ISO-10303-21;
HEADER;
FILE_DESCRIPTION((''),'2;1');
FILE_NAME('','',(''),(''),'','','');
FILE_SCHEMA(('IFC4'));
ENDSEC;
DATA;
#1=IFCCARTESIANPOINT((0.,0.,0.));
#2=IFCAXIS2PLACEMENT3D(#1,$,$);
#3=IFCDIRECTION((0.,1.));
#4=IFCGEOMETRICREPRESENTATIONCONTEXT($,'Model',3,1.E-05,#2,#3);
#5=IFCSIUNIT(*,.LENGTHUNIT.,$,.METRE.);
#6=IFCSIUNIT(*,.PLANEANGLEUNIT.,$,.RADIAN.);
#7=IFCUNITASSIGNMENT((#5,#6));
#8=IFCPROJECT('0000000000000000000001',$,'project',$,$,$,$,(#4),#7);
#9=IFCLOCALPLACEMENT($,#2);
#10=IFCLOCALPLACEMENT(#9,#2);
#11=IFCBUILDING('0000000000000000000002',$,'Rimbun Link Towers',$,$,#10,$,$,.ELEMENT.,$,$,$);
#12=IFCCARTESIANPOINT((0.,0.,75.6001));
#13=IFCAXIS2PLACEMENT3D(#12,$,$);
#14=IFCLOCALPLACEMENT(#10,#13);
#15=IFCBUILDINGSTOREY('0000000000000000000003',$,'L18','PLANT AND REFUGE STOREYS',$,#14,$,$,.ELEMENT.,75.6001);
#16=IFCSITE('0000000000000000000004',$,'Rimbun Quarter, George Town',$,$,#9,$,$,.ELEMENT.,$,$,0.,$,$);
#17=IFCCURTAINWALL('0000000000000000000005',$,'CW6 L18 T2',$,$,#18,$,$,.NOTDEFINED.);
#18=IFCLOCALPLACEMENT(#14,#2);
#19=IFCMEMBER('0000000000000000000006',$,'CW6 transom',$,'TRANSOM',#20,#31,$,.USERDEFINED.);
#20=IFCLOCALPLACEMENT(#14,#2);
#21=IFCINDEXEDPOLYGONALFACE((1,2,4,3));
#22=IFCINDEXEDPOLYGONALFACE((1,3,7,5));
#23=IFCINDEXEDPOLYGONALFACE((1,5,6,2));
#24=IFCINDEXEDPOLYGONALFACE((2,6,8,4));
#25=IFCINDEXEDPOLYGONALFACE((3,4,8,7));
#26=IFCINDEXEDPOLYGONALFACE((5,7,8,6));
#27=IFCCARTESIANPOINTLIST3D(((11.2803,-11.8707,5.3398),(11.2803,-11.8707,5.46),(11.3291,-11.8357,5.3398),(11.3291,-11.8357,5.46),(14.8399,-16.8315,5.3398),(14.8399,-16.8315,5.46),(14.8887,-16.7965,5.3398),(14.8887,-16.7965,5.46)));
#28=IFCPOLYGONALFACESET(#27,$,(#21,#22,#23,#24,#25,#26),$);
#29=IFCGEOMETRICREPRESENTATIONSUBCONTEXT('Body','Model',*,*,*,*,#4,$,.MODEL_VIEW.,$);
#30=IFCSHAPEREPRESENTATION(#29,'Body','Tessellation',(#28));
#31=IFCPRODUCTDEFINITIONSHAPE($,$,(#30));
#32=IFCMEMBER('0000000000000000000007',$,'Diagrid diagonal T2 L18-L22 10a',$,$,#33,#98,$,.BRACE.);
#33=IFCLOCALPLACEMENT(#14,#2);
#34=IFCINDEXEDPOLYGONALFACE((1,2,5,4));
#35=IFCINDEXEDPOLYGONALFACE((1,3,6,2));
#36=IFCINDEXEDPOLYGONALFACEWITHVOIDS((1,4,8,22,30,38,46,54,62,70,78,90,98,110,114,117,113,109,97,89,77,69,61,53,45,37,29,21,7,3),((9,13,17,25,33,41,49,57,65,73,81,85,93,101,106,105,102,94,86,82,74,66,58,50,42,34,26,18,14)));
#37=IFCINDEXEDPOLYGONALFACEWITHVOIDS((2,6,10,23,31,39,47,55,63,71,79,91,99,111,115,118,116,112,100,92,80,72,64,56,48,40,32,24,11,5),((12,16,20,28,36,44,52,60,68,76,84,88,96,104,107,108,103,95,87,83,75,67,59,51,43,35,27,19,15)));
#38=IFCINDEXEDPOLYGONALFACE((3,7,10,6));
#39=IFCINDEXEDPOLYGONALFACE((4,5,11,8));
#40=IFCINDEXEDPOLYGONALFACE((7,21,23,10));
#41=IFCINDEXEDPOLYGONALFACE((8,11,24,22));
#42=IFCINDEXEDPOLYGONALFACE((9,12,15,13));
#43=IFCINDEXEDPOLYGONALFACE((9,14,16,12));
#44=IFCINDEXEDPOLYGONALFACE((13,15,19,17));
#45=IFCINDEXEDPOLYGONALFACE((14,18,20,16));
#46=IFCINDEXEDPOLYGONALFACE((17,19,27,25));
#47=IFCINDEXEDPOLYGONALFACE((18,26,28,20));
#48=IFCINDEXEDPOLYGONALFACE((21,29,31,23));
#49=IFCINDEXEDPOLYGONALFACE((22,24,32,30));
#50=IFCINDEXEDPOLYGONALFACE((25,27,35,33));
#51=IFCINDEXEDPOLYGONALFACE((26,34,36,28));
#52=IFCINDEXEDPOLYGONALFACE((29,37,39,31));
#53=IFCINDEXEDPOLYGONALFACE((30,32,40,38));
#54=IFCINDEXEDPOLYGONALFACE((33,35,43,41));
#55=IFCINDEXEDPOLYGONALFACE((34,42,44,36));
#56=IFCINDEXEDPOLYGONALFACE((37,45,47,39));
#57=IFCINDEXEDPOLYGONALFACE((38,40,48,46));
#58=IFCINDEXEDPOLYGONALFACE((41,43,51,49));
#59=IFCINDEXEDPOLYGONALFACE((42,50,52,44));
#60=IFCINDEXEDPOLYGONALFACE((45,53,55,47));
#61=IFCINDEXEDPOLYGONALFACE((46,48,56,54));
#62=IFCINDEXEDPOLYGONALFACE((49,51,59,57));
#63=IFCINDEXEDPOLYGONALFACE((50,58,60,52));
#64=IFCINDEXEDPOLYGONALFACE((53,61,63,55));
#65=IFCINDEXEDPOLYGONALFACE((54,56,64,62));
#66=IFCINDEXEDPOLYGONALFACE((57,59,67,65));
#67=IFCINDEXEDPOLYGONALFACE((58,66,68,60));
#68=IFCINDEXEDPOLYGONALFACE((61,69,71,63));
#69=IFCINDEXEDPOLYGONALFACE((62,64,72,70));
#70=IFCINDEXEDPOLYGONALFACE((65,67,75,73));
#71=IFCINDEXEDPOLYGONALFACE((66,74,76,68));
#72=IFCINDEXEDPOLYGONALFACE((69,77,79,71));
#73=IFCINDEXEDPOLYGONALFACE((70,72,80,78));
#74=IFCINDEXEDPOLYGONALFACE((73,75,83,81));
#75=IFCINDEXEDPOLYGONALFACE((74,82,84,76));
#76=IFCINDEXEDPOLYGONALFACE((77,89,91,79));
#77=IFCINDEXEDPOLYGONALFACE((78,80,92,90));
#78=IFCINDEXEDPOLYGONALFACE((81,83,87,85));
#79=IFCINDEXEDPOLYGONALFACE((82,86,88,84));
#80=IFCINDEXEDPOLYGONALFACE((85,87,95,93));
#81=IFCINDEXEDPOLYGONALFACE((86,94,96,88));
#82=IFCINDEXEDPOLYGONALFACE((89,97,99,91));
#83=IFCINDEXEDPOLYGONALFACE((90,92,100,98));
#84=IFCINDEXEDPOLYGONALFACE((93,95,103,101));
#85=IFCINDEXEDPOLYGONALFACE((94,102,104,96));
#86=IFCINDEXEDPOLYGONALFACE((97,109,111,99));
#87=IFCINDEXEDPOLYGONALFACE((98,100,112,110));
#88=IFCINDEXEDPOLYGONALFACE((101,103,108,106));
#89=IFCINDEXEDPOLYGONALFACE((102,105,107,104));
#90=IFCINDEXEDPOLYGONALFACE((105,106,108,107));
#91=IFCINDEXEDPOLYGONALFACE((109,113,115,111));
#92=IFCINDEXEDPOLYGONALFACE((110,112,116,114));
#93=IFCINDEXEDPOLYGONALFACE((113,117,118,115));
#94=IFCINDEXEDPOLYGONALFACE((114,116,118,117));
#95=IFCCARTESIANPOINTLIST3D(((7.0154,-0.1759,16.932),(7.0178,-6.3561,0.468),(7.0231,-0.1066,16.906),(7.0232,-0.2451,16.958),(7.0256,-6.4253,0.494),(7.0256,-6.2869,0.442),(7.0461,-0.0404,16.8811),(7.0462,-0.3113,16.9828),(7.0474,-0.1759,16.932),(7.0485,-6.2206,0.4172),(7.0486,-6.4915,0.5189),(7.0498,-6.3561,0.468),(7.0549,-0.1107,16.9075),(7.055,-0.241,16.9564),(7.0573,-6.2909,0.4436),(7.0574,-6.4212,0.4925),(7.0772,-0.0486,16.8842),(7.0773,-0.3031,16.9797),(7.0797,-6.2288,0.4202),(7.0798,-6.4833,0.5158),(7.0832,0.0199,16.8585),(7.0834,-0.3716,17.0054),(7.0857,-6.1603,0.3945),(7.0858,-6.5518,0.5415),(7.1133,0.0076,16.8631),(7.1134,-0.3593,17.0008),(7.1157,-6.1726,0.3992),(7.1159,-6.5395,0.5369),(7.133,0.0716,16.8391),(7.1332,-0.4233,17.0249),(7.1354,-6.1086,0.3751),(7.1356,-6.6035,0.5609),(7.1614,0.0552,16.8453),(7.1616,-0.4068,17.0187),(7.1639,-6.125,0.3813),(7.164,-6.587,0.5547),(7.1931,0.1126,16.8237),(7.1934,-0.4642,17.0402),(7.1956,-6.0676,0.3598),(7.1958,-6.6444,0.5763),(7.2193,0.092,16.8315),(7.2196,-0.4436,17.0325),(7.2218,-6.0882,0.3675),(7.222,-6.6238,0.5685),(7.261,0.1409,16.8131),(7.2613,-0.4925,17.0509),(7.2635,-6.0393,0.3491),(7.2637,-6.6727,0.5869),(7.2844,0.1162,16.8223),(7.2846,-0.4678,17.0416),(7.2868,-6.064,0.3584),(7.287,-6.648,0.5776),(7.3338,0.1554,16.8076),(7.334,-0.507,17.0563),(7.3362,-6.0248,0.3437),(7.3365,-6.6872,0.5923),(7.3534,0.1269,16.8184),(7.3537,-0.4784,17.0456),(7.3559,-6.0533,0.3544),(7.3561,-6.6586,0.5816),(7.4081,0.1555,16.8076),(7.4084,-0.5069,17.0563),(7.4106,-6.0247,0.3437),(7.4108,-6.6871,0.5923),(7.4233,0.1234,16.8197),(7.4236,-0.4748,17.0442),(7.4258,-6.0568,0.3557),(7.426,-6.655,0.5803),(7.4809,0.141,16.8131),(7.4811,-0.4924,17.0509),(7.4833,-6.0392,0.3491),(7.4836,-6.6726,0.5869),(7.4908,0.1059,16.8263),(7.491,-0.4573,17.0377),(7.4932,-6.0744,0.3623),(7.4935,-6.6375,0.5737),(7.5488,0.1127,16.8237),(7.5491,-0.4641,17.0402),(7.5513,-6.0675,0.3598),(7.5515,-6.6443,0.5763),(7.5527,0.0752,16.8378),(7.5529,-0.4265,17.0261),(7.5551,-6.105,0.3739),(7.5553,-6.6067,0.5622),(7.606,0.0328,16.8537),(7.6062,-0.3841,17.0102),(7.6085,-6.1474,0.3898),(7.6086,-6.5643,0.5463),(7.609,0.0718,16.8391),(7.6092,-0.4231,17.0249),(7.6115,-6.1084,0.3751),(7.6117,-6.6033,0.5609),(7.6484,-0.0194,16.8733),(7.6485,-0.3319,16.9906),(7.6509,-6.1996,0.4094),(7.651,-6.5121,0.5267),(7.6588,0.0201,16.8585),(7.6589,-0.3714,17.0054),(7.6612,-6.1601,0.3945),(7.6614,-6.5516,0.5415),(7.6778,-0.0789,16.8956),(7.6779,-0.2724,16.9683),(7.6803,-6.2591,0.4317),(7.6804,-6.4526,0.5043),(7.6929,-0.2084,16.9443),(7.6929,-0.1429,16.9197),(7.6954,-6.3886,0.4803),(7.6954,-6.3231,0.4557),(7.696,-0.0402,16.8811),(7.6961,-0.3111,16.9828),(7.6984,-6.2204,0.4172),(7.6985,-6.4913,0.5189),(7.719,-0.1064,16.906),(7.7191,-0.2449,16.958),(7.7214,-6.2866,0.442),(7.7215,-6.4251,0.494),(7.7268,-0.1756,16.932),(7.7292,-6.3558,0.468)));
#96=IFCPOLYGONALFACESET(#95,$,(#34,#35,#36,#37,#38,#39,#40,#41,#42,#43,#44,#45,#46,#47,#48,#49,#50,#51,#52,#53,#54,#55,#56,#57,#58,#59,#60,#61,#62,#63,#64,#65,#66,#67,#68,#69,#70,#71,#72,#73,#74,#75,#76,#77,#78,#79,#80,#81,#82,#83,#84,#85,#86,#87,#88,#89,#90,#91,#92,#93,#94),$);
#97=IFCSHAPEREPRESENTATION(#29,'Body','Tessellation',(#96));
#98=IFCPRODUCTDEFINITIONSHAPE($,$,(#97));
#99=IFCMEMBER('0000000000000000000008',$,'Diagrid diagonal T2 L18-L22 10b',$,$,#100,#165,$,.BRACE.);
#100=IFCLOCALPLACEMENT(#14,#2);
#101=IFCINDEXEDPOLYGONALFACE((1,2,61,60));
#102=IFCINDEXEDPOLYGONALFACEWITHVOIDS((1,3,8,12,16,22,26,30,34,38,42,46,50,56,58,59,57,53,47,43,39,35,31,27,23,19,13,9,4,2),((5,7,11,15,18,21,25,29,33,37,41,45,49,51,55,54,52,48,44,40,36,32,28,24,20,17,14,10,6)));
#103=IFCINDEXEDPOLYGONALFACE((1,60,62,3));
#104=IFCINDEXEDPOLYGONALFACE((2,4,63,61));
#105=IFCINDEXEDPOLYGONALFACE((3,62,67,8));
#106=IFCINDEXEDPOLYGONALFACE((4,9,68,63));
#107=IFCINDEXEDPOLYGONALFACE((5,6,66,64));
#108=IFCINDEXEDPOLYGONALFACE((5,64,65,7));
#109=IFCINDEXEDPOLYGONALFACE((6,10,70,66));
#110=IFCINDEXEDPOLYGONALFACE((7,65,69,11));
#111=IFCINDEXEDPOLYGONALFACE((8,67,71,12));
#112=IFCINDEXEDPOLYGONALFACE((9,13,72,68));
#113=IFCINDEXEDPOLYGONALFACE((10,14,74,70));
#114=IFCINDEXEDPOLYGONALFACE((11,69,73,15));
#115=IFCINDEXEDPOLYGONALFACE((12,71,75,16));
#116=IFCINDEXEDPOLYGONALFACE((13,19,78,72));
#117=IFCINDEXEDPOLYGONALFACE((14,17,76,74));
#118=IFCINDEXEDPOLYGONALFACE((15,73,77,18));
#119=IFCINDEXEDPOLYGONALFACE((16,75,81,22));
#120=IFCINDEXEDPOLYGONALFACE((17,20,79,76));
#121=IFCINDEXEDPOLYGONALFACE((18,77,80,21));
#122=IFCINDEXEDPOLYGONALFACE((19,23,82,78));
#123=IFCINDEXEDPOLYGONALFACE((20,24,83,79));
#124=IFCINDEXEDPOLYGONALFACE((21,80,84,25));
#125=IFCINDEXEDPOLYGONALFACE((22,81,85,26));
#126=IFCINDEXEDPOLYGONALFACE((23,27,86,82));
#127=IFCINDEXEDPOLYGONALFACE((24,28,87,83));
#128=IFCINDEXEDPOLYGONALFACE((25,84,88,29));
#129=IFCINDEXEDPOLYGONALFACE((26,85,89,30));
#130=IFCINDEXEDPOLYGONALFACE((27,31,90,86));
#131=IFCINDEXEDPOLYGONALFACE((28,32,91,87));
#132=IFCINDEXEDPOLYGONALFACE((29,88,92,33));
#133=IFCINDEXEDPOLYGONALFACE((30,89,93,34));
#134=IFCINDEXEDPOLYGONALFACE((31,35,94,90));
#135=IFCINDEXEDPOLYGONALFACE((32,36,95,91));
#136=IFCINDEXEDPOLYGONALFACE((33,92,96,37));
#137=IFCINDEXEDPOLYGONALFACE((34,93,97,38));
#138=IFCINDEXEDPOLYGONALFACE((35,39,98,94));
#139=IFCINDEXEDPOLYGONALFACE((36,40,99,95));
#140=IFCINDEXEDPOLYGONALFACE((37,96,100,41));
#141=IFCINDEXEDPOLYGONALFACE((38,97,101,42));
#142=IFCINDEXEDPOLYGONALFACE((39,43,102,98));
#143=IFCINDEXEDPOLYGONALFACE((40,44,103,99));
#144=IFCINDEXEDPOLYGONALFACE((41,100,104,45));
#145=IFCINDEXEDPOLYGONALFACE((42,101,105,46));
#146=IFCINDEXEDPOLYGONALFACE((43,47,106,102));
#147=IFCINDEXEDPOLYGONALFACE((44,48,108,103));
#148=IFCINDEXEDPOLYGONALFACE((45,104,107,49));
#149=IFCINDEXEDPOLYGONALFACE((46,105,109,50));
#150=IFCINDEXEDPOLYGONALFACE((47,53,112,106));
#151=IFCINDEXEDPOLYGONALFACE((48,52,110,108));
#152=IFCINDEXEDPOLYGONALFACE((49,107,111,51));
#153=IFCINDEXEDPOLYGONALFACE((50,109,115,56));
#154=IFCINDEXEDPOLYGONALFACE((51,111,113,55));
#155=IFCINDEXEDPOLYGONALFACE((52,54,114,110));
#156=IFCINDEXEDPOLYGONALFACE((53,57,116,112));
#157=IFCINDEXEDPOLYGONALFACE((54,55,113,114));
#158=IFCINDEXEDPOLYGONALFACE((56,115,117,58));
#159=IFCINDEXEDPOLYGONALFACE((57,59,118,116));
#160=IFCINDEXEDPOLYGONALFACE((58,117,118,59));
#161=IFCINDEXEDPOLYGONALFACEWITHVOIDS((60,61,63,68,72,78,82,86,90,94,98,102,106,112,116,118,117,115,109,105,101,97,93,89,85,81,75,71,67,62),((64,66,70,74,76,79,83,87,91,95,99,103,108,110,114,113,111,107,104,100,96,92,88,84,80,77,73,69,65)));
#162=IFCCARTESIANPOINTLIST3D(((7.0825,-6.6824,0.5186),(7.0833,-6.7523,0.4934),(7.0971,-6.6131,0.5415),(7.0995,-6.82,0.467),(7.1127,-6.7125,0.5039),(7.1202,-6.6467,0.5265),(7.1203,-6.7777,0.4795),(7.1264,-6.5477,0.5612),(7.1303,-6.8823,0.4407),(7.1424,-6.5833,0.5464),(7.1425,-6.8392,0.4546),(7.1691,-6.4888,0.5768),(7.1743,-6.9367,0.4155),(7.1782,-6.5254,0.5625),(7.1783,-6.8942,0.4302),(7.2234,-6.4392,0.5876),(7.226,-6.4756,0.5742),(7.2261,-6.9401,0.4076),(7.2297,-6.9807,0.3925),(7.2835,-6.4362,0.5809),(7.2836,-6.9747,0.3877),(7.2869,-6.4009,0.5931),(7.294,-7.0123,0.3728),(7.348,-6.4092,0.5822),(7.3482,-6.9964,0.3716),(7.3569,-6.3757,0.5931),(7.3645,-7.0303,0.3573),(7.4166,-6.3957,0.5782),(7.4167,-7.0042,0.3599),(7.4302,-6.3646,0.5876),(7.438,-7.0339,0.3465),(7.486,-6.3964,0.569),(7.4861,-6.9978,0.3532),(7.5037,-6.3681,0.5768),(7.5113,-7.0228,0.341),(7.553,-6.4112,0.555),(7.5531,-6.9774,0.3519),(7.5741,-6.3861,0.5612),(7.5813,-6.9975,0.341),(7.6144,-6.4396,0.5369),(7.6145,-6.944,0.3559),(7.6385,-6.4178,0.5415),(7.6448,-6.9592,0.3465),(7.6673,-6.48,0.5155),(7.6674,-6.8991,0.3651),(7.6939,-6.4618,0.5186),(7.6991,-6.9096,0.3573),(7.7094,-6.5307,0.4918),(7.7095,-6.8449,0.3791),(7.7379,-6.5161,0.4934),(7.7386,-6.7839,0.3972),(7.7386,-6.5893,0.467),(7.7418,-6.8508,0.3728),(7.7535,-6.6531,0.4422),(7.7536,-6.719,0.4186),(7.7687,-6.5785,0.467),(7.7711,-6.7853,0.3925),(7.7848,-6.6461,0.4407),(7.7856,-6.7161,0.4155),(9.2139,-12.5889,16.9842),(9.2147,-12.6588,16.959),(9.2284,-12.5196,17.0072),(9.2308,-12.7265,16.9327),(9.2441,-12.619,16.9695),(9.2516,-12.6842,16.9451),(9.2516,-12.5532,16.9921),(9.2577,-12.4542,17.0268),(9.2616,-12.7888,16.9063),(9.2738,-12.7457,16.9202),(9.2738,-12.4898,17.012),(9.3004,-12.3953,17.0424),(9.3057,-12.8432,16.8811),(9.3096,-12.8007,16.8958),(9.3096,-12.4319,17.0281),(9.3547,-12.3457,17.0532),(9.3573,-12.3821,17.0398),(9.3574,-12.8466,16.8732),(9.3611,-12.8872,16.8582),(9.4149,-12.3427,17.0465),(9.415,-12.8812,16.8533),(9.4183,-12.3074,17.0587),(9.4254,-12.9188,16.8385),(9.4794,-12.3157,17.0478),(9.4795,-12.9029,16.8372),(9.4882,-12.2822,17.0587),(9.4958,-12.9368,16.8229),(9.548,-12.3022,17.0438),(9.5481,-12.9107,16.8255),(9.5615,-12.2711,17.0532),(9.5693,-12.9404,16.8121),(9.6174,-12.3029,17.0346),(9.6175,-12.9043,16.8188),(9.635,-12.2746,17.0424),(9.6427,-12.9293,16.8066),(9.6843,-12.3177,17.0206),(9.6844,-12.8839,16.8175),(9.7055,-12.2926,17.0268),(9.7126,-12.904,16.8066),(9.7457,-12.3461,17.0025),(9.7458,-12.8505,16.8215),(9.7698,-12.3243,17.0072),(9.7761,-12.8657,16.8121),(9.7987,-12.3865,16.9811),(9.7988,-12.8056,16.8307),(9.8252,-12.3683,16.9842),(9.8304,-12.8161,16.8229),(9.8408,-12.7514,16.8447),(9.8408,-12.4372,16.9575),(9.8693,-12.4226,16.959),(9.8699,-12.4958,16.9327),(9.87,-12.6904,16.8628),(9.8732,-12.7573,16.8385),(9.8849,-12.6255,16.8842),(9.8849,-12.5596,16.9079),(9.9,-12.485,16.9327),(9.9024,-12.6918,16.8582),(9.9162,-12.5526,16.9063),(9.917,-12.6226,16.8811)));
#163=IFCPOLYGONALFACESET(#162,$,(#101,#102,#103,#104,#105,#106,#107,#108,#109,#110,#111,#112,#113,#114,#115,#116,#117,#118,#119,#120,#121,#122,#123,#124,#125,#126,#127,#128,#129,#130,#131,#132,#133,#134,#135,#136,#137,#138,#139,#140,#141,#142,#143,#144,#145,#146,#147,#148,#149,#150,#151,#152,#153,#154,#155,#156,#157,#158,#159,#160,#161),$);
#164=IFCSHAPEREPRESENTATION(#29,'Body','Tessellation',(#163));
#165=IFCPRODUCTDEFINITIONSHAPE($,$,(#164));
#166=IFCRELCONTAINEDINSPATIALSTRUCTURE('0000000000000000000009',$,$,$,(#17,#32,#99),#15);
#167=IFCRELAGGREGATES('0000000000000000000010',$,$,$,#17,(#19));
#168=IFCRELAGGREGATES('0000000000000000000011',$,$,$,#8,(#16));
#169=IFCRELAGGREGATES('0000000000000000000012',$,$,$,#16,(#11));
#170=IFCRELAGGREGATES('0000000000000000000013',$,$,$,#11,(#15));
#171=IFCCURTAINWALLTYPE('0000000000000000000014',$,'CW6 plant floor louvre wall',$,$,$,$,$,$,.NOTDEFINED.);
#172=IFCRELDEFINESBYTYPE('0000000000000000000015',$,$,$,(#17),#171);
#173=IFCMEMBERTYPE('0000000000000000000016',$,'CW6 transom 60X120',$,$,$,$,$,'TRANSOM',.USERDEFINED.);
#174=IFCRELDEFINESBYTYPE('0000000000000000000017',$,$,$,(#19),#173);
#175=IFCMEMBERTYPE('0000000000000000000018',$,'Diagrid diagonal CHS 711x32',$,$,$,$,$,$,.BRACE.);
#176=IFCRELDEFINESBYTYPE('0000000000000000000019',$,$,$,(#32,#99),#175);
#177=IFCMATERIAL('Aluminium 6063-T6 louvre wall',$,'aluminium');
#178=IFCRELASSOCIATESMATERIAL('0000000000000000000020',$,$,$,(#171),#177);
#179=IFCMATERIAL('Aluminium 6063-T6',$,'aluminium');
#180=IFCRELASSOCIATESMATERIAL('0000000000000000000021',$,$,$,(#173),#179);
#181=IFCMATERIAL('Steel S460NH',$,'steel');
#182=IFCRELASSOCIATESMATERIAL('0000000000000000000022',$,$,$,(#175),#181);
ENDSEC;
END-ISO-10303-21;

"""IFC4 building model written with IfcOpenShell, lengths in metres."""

from ifc_helpers import new_model, si_unit, direction, frame, origin, origin_2d, place, context, subcontext, project, spatial, rectangle, hollow_circle, extrude, material, material_profile, profile_set, type_object, element, aggregate, save


model = new_model("IFC4")

# Units and contexts
model_context = context("Model", 3, precision=1e-05, world=origin(), true_north=direction((0.0, 1.0)))
body_context = subcontext(model_context, "Body", "Model", "MODEL_VIEW")
ifc_project = project(units=[si_unit("LENGTHUNIT", "METRE"), si_unit("PLANEANGLEUNIT", "RADIAN")], contexts=[model_context])

# Site, building, storey
site_placement = place(None, origin())
site = spatial("IfcSite", under=ifc_project, at=site_placement, Name="Rimbun Quarter, George Town", CompositionType="ELEMENT", RefElevation=0.0)
building_placement = place(site_placement, origin())
building = spatial("IfcBuilding", under=site, at=building_placement, Name="Rimbun Link Towers", CompositionType="ELEMENT")
storey_placement = place(building_placement, frame((0.0, 0.0, 75.6001)))
storey = spatial("IfcBuildingStorey", under=building, at=storey_placement, Name="L18", Description="PLANT AND REFUGE STOREYS", CompositionType="ELEMENT", Elevation=75.6001)

# Curtain wall, member
ifc_material_1 = material(Name="Aluminium 6063-T6 louvre wall", Category="aluminium")
curtain_wall_type = type_object("IfcCurtainWallType", Name="CW6 plant floor louvre wall", PredefinedType="NOTDEFINED", material=ifc_material_1)
curtain_wall_placement = place(storey_placement, origin())
curtain_wall = element("IfcCurtainWall", 1, at=curtain_wall_placement, inside=storey, type_object=curtain_wall_type, Name="CW6 L18 T2", PredefinedType="NOTDEFINED")
ifc_material_2 = material(Name="Aluminium 6063-T6", Category="aluminium")
ifc_material_profile_1 = material_profile(ifc_material_2, rectangle(XDim=0.0601, YDim=0.1201, at=origin_2d()), Name="TRANSOM 60X120")
ifc_profile_set_1 = profile_set([ifc_material_profile_1], Name="Aluminium 6063-T6")
member_type_1 = type_object("IfcMemberType", Name="CW6 transom 60X120", ElementType="TRANSOM", PredefinedType="USERDEFINED", material=ifc_profile_set_1)
member_1_placement = place(storey_placement, frame((14.8643, -16.814, 5.3999), z_axis=(-0.582996, 0.812475, 0.0), x_axis=(-0.812475, -0.582996, 0.0)))
member_1 = element("IfcMember", 2, at=member_1_placement, type_object=member_type_1, Name="CW6 transom", ObjectType="TRANSOM", PredefinedType="USERDEFINED", context=body_context, shape_type="SweptSolid", body=[
    extrude(rectangle(XDim=0.0601, YDim=0.1201, at=origin_2d()), origin(), (0.0, 0.0, 1.0), 6.1057),
])

# Members
ifc_material_3 = material(Name="Steel S460NH", Category="steel")
ifc_material_profile_2 = material_profile(ifc_material_3, hollow_circle(Radius=0.3557, WallThickness=0.032, at=origin_2d()), Name="Diagrid diagonal CHS 711x32")
ifc_profile_set_2 = profile_set([ifc_material_profile_2], Name="Steel S460NH")
member_type_2 = type_object("IfcMemberType", Name="Diagrid diagonal CHS 711x32", PredefinedType="BRACE", material=ifc_profile_set_2)
member_2_placement = place(storey_placement, frame((7.3735, -6.356, 0.468), z_axis=(-0.000139, 0.351434, 0.936213), x_axis=(-1.0, -0.000395, 0.0)))
element("IfcMember", 3, at=member_2_placement, inside=storey, type_object=member_type_2, Name="Diagrid diagonal T2 L18-L22 10a", PredefinedType="BRACE", context=body_context, shape_type="SweptSolid", body=[
    extrude(hollow_circle(Radius=0.3557, WallThickness=0.032, at=origin_2d()), origin(), (0.0, 0.0, 1.0), 17.5857),
])
member_3_placement = place(storey_placement, frame((7.4341, -6.6992, 0.467), z_axis=(0.120946, -0.335172, 0.934362), x_axis=(0.940633, 0.339426, 0.0)))
element("IfcMember", 4, at=member_3_placement, inside=storey, type_object=member_type_2, Name="Diagrid diagonal T2 L18-L22 10b", PredefinedType="BRACE", context=body_context, shape_type="SweptSolid", body=[
    extrude(hollow_circle(Radius=0.3557, WallThickness=0.032, at=origin_2d()), origin(), (0.0, 0.0, 1.0), 17.6223),
])

aggregate(curtain_wall, [member_1])

save(model, "model.ifc")
